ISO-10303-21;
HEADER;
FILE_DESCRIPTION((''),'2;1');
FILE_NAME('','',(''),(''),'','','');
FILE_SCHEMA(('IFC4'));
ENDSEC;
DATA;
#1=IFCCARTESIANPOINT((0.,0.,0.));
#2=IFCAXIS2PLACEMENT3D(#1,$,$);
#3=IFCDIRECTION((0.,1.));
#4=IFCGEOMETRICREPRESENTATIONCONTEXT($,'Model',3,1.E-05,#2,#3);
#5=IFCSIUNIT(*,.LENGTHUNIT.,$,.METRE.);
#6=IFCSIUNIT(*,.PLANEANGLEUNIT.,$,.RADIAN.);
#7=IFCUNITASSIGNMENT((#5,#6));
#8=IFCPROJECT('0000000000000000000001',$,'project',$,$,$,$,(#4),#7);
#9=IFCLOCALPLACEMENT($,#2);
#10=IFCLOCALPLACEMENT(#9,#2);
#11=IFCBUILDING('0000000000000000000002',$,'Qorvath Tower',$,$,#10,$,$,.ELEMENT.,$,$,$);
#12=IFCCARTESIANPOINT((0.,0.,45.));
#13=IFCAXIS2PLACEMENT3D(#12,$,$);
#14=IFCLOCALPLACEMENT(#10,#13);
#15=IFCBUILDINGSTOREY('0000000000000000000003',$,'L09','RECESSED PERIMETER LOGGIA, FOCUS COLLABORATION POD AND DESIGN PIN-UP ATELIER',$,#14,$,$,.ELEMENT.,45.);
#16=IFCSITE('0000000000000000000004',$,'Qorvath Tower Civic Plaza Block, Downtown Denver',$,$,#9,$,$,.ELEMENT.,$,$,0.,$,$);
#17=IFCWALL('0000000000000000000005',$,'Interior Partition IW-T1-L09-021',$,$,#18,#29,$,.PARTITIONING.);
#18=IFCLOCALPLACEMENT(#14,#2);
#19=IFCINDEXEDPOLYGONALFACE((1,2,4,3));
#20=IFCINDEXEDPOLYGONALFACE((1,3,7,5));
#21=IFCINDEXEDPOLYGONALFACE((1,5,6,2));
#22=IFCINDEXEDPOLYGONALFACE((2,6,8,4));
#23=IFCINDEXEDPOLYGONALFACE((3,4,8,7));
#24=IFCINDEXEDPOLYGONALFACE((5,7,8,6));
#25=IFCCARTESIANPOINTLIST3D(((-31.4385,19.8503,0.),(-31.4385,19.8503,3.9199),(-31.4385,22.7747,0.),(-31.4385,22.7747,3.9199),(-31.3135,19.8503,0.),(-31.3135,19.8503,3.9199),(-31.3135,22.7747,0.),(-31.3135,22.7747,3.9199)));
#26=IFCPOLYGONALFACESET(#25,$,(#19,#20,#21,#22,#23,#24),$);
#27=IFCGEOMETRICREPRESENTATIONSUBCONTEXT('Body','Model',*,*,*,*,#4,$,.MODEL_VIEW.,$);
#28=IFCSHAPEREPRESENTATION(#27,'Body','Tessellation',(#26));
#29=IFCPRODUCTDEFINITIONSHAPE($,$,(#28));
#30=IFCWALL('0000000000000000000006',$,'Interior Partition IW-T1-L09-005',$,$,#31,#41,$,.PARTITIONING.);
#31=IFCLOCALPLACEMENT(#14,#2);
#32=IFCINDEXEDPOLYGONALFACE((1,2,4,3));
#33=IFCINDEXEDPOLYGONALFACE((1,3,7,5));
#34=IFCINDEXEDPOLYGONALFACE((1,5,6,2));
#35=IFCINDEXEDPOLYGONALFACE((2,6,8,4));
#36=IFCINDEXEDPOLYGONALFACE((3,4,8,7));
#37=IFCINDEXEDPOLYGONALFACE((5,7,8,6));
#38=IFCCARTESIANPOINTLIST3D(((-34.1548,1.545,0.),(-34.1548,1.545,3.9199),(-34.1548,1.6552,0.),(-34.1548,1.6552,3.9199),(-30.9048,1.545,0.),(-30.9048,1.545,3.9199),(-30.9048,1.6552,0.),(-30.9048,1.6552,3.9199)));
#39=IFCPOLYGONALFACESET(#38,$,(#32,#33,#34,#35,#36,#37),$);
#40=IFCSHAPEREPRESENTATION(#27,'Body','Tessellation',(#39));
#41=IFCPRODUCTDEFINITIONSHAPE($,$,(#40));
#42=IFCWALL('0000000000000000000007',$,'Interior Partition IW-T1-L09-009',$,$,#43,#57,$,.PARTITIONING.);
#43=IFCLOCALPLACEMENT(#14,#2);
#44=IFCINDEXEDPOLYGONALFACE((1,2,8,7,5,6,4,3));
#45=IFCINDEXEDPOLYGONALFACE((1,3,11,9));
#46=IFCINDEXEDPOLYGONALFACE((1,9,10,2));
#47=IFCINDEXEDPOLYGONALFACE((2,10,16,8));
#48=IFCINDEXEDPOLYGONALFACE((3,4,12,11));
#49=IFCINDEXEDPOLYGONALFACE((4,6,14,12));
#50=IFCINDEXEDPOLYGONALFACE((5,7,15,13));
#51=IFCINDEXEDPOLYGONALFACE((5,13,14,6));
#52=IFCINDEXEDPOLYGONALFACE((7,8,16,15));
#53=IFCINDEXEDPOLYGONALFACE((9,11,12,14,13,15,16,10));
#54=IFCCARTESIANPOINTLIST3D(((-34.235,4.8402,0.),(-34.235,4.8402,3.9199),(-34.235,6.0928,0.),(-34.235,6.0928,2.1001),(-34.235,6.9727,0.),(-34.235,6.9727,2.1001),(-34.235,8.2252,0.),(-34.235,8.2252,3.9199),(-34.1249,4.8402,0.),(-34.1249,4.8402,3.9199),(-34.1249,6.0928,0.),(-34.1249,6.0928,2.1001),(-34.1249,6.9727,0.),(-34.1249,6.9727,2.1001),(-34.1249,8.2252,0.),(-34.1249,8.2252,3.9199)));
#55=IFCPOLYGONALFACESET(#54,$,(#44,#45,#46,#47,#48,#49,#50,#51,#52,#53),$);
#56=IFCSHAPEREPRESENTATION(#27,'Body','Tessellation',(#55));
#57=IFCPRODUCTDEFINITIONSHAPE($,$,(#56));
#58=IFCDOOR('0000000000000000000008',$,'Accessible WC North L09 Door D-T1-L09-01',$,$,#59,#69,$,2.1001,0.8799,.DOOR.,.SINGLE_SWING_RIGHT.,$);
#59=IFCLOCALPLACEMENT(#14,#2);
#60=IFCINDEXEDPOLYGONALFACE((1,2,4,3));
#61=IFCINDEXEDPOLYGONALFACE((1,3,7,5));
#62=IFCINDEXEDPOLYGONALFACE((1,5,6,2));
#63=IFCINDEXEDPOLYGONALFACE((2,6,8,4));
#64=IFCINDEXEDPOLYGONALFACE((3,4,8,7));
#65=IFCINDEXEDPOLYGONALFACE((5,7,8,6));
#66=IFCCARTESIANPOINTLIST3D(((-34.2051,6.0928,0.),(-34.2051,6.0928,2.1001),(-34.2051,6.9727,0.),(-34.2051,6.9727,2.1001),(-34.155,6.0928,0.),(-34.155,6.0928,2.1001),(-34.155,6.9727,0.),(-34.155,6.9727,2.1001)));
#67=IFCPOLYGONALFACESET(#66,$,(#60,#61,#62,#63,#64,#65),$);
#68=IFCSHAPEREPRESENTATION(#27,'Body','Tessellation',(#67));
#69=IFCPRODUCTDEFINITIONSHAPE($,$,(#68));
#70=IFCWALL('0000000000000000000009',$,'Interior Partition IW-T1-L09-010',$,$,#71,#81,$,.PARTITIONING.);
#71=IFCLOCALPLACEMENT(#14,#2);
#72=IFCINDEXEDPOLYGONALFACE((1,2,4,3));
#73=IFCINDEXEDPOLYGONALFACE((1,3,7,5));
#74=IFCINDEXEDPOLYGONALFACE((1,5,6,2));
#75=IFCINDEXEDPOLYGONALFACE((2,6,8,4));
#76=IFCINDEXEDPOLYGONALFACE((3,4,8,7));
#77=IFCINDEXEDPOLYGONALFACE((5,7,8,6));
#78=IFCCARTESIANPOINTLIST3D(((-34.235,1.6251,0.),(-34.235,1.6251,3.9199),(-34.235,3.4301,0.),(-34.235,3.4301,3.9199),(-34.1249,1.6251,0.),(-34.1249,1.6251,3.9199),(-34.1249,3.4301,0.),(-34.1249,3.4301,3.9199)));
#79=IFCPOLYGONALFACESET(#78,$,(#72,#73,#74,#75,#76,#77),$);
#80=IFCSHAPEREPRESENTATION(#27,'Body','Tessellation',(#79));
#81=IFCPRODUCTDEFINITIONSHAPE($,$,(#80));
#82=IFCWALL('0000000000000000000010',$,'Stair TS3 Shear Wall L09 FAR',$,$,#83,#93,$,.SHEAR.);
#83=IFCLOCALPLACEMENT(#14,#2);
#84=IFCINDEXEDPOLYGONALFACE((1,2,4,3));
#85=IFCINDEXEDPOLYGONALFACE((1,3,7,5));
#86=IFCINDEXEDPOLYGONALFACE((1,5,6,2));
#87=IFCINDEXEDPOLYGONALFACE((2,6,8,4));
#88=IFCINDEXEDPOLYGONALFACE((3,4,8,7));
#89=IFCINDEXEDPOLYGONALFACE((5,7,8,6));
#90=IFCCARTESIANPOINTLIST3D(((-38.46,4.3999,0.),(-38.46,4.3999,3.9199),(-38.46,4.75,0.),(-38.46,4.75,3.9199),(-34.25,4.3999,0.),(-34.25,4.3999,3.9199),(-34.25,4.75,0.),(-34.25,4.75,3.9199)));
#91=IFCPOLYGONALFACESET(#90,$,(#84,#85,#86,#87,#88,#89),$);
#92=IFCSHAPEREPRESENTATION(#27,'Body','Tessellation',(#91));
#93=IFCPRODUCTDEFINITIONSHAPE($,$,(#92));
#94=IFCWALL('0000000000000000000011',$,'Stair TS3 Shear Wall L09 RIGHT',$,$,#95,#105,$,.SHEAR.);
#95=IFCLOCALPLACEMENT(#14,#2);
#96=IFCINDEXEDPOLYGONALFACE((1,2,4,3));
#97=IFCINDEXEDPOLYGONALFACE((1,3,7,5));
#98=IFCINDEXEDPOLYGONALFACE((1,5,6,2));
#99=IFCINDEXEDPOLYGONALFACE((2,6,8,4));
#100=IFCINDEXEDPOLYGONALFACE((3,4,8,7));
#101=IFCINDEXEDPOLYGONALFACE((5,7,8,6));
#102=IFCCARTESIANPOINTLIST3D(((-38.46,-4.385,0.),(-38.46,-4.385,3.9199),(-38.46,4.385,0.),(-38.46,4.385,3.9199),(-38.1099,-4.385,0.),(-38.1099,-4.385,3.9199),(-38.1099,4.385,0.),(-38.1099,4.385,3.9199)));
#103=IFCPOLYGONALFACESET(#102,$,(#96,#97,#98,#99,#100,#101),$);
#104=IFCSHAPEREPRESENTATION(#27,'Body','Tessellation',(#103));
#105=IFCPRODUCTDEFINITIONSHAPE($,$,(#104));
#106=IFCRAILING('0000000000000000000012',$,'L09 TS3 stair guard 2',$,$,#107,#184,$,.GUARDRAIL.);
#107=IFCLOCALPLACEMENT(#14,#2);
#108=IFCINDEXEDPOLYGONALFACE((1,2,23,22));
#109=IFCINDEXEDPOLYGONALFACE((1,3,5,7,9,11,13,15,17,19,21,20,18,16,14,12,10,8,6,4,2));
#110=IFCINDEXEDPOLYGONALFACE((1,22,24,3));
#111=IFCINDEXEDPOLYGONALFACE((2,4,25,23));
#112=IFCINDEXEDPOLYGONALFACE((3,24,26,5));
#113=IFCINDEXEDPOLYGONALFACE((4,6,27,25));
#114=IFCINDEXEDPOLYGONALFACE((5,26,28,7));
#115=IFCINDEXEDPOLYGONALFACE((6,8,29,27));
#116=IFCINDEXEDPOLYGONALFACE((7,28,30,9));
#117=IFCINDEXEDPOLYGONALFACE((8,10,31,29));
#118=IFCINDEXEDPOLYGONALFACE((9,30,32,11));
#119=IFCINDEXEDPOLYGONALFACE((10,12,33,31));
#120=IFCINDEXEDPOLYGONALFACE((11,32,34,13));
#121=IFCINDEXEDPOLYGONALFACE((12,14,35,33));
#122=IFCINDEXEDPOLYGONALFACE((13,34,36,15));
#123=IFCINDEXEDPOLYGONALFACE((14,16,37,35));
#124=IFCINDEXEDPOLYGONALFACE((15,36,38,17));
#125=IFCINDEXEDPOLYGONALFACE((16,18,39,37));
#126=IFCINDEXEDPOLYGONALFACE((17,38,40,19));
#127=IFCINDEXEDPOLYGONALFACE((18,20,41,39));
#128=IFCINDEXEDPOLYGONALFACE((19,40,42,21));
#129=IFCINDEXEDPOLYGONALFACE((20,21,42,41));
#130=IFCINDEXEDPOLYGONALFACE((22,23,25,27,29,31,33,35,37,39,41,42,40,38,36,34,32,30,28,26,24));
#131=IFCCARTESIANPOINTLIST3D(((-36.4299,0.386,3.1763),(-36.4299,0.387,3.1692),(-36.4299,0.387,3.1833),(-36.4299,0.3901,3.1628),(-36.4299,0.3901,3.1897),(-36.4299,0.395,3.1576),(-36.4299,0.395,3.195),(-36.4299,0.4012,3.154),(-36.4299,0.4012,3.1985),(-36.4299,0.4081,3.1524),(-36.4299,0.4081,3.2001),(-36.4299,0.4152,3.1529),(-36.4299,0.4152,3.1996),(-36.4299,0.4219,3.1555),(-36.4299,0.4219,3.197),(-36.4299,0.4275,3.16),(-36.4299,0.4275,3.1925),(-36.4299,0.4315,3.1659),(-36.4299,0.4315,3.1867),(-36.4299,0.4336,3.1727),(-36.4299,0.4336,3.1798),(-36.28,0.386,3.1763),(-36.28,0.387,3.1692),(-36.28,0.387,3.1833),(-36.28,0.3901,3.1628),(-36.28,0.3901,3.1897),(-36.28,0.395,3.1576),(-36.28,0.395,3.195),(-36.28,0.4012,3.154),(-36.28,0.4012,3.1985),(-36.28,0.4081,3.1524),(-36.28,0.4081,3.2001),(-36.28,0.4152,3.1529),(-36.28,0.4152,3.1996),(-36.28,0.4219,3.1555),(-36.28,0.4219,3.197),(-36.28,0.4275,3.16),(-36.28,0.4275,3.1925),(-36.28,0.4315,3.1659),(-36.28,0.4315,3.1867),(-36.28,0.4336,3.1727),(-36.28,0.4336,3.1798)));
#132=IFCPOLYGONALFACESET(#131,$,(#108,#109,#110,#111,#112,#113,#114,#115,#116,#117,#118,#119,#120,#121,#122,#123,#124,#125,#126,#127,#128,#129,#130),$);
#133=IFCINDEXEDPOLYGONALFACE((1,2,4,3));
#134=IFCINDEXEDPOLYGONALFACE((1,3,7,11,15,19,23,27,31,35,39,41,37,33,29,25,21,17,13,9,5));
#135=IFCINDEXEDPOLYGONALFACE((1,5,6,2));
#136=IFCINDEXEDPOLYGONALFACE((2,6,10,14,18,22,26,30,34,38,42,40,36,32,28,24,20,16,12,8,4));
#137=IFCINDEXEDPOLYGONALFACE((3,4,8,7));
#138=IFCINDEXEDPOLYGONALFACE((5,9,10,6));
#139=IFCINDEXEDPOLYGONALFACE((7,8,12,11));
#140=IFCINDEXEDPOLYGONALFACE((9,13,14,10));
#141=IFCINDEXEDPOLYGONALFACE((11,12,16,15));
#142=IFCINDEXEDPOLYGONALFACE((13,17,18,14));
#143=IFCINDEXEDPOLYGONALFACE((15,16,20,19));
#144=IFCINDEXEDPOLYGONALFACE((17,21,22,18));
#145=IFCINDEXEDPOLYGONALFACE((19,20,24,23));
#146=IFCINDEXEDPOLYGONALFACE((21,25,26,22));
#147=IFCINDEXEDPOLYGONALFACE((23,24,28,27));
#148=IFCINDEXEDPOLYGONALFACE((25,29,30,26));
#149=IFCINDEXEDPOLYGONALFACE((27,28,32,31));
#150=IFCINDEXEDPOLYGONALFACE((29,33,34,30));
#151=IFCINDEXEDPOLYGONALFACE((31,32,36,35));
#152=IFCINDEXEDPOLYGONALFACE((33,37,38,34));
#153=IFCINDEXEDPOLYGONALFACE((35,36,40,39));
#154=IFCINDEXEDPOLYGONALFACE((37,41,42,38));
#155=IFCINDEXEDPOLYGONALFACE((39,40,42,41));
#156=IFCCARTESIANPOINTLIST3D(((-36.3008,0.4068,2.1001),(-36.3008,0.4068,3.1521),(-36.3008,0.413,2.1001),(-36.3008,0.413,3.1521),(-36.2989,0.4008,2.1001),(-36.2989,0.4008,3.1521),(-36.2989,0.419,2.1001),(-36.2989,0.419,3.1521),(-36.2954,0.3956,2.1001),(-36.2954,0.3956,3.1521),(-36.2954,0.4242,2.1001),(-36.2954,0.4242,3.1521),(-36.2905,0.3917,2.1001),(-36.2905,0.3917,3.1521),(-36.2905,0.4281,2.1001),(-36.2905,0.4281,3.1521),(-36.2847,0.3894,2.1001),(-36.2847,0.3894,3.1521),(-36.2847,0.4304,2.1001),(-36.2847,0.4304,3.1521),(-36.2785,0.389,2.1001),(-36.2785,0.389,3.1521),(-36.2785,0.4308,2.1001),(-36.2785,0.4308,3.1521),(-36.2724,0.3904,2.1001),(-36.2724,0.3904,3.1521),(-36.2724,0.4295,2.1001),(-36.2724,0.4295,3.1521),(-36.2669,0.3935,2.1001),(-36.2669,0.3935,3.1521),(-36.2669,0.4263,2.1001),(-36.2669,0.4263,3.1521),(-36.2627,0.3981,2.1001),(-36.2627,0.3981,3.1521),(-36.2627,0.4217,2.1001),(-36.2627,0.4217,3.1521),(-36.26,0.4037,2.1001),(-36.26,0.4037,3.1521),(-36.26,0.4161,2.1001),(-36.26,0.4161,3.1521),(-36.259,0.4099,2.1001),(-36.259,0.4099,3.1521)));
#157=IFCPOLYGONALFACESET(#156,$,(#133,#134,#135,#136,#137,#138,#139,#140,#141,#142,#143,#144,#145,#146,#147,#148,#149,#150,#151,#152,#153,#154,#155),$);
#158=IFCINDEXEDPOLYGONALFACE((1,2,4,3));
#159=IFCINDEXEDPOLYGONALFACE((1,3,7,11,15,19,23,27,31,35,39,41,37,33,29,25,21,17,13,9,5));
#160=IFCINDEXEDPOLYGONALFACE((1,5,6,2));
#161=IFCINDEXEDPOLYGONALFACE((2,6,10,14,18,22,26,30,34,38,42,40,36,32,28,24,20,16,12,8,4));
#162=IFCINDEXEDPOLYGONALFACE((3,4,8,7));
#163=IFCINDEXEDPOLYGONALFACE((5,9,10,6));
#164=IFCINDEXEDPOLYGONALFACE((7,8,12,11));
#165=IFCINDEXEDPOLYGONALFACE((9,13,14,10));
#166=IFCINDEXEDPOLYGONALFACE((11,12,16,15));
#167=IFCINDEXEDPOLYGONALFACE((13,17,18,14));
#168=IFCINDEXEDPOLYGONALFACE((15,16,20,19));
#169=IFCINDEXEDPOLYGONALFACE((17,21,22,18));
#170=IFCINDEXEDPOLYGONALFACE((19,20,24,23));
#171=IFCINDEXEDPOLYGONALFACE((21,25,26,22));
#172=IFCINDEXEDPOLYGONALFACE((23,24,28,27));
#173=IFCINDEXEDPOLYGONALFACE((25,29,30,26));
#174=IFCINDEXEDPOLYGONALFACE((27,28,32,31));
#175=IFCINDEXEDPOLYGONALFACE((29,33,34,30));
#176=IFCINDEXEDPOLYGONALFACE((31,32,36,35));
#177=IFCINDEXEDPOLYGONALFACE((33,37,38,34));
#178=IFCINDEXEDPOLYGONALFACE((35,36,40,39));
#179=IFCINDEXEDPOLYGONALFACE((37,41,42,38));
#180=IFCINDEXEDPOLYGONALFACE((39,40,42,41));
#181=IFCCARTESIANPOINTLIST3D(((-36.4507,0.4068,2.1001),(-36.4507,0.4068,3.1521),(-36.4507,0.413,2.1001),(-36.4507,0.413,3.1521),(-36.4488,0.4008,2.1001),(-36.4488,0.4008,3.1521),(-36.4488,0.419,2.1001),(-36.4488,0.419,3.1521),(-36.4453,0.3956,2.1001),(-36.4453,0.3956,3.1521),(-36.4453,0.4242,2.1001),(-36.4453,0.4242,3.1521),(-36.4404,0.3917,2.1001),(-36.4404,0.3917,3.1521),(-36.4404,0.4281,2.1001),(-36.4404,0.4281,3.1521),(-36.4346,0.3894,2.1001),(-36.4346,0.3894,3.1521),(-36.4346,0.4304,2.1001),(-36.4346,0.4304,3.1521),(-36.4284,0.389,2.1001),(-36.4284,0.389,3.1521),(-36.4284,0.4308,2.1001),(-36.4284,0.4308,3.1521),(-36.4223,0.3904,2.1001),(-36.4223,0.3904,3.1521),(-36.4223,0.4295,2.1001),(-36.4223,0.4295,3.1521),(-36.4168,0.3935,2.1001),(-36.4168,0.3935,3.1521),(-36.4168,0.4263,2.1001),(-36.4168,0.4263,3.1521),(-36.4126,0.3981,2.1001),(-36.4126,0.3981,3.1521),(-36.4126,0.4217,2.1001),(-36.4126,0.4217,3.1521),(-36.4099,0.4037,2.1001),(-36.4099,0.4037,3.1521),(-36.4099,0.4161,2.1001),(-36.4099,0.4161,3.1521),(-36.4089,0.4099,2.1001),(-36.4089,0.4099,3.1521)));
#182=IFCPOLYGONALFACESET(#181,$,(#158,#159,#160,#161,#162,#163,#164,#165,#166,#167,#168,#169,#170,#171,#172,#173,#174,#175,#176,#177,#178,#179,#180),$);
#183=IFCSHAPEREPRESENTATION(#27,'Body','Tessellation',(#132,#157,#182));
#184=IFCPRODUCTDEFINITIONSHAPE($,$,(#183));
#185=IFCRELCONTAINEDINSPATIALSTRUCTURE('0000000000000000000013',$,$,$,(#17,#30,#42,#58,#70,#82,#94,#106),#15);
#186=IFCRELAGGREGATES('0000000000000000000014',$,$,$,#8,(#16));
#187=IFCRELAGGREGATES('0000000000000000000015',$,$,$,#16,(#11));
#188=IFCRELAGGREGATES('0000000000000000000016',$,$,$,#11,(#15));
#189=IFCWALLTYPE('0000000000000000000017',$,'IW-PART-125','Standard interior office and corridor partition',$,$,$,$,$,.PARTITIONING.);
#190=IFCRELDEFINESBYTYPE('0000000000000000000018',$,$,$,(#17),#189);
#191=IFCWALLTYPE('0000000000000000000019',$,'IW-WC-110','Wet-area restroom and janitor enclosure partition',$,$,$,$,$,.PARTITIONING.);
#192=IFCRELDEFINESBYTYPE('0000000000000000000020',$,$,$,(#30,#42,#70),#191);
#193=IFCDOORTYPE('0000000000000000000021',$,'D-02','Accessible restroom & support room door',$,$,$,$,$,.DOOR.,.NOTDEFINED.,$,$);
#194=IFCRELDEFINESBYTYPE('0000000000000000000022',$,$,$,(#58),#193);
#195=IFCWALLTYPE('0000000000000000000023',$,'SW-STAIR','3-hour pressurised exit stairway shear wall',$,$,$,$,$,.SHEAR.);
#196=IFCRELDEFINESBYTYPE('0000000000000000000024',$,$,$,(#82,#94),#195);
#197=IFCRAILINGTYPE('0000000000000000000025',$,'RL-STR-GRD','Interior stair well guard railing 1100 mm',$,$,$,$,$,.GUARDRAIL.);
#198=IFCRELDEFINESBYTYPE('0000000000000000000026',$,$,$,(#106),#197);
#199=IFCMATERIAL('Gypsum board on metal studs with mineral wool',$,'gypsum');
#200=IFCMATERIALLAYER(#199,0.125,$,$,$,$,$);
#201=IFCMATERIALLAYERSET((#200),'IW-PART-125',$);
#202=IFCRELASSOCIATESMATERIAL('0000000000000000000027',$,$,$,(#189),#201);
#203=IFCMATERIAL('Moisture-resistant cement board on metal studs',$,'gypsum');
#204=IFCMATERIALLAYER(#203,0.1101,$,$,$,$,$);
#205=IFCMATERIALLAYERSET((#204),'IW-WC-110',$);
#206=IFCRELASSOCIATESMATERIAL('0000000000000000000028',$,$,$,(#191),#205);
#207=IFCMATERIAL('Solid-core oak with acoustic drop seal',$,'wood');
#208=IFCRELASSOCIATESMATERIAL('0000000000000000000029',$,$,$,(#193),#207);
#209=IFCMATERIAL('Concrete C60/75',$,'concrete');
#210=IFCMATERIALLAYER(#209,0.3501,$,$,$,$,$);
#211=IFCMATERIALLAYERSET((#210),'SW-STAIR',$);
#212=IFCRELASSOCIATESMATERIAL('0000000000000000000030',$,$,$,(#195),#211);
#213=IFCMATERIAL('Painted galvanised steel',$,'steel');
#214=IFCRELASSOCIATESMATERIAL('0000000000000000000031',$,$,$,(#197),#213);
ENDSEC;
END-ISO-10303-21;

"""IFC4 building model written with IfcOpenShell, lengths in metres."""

from ifc_helpers import new_model, si_unit, direction, frame, frame_2d, origin, origin_2d, place, context, subcontext, project, spatial, rectangle, circle, extrude, material, layer, layer_set, type_object, element, fill, save


model = new_model("IFC4")

# Units and contexts
model_context = context("Model", 3, precision=1e-05, world=origin(), true_north=direction((0.0, 1.0)))
body_context = subcontext(model_context, "Body", "Model", "MODEL_VIEW")
ifc_project = project(units=[si_unit("LENGTHUNIT", "METRE"), si_unit("PLANEANGLEUNIT", "RADIAN")], contexts=[model_context])

# Site, building, storey
site_placement = place(None, origin())
site = spatial("IfcSite", under=ifc_project, at=site_placement, Name="Qorvath Tower Civic Plaza Block, Downtown Denver", CompositionType="ELEMENT", RefElevation=0.0)
building_placement = place(site_placement, origin())
building = spatial("IfcBuilding", under=site, at=building_placement, Name="Qorvath Tower", CompositionType="ELEMENT")
storey_placement = place(building_placement, frame((0.0, 0.0, 45.0)))
storey = spatial("IfcBuildingStorey", under=building, at=storey_placement, Name="L09", Description="RECESSED PERIMETER LOGGIA, FOCUS COLLABORATION POD AND DESIGN PIN-UP ATELIER", CompositionType="ELEMENT", Elevation=45.0)

# Shared definitions
ifc_material_1 = material(Name="Gypsum board on metal studs with mineral wool", Category="gypsum")
ifc_layer_1 = layer(ifc_material_1, 0.125)
ifc_layer_set_1 = layer_set([ifc_layer_1], Name="IW-PART-125")
wall_type_1 = type_object("IfcWallType", Name="IW-PART-125", Description="Standard interior office and corridor partition", PredefinedType="PARTITIONING", material=ifc_layer_set_1)

# Wall
wall_1_placement = place(storey_placement, frame((-31.376, 19.8503, 0.0), z_axis=(0.0, 0.0, 1.0), x_axis=(0.0, 1.0, 0.0)))
element("IfcWall", 1, at=wall_1_placement, inside=storey, type_object=wall_type_1, Name="Interior Partition IW-T1-L09-021", PredefinedType="PARTITIONING", context=body_context, shape_type="SweptSolid", body=[
    extrude(rectangle(XDim=2.9243, YDim=0.125, at=frame_2d((1.4622, 0.0))), origin(), (0.0, 0.0, 1.0), 3.9199),
])

# Wall
ifc_material_2 = material(Name="Moisture-resistant cement board on metal studs", Category="gypsum")
ifc_layer_2 = layer(ifc_material_2, 0.1101)
ifc_layer_set_2 = layer_set([ifc_layer_2], Name="IW-WC-110")
wall_type_2 = type_object("IfcWallType", Name="IW-WC-110", Description="Wet-area restroom and janitor enclosure partition", PredefinedType="PARTITIONING", material=ifc_layer_set_2)
wall_2_placement = place(storey_placement, frame((-34.1548, 1.6001, 0.0), z_axis=(0.0, 0.0, 1.0), x_axis=(1.0, 0.0, 0.0)))
element("IfcWall", 2, at=wall_2_placement, inside=storey, type_object=wall_type_2, Name="Interior Partition IW-T1-L09-005", PredefinedType="PARTITIONING", context=body_context, shape_type="SweptSolid", body=[
    extrude(rectangle(XDim=3.25, YDim=0.1101, at=frame_2d((1.625, 0.0))), origin(), (0.0, 0.0, 1.0), 3.9199),
])

# Wall, opening, door
wall_3_placement = place(storey_placement, frame((-34.1799, 8.2251, 0.0), z_axis=(0.0, 0.0, 1.0), x_axis=(0.0, -1.0, 0.0)))
wall_3 = element("IfcWall", 3, at=wall_3_placement, inside=storey, type_object=wall_type_2, Name="Interior Partition IW-T1-L09-009", PredefinedType="PARTITIONING", context=body_context, shape_type="SweptSolid", body=[
    extrude(rectangle(XDim=3.385, YDim=0.1101, at=frame_2d((1.6924, 0.0))), origin(), (0.0, 0.0, 1.0), 3.9199),
])
opening_1_placement = place(wall_3_placement, frame((1.2524, 0.0, 0.0)))
opening_1 = element("IfcOpeningElement", 4, at=opening_1_placement, cuts=wall_3, PredefinedType="OPENING", context=body_context, shape_type="SweptSolid", body=[
    extrude(rectangle(XDim=0.8799, YDim=2.1001, at=frame_2d((0.4399, 1.05))), frame((0.0, 0.0649, 0.0), z_axis=(0.0, -1.0, 0.0), x_axis=(1.0, 0.0, 0.0)), (0.0, 0.0, 1.0), 0.1301),
])
ifc_material_3 = material(Name="Solid-core oak with acoustic drop seal", Category="wood")
door_type_1 = type_object("IfcDoorType", Name="D-02", Description="Accessible restroom & support room door", OperationType="NOTDEFINED", PredefinedType="DOOR", material=ifc_material_3)
door_1_placement = place(opening_1_placement, origin())
door_1 = element("IfcDoor", 5, at=door_1_placement, inside=storey, type_object=door_type_1, Name="Accessible WC North L09 Door D-T1-L09-01", OperationType="SINGLE_SWING_RIGHT", OverallHeight=2.1001, OverallWidth=0.8799, PredefinedType="DOOR", context=body_context, shape_type="SweptSolid", body=[
    extrude(rectangle(XDim=0.8799, YDim=2.1001, at=frame_2d((0.4399, 1.05))), frame((0.0, 0.0249, 0.0), z_axis=(0.0, -1.0, 0.0), x_axis=(1.0, 0.0, 0.0)), (0.0, 0.0, 1.0), 0.05),
])
fill(opening_1, door_1)

# Walls
wall_4_placement = place(storey_placement, frame((-34.1799, 3.4299, 0.0), z_axis=(0.0, 0.0, 1.0), x_axis=(0.0, -1.0, 0.0)))
element("IfcWall", 6, at=wall_4_placement, inside=storey, type_object=wall_type_2, Name="Interior Partition IW-T1-L09-010", PredefinedType="PARTITIONING", context=body_context, shape_type="SweptSolid", body=[
    extrude(rectangle(XDim=1.8049, YDim=0.1101, at=frame_2d((0.9023, 0.0))), origin(), (0.0, 0.0, 1.0), 3.9199),
])
ifc_material_4 = material(Name="Concrete C60/75", Category="concrete")
ifc_layer_3 = layer(ifc_material_4, 0.3501)
ifc_layer_set_3 = layer_set([ifc_layer_3], Name="SW-STAIR")
wall_type_3 = type_object("IfcWallType", Name="SW-STAIR", Description="3-hour pressurised exit stairway shear wall", PredefinedType="SHEAR", material=ifc_layer_set_3)
wall_5_placement = place(storey_placement, frame((-34.25, 4.575, 0.0), z_axis=(0.0, 0.0, 1.0), x_axis=(-1.0, 0.0, 0.0)))
element("IfcWall", 7, at=wall_5_placement, inside=storey, type_object=wall_type_3, Name="Stair TS3 Shear Wall L09 FAR", PredefinedType="SHEAR", context=body_context, shape_type="SweptSolid", body=[
    extrude(rectangle(XDim=4.21, YDim=0.3501, at=frame_2d((2.105, 0.0))), origin(), (0.0, 0.0, 1.0), 3.9199),
])
wall_6_placement = place(storey_placement, frame((-38.2849, 4.385, 0.0), z_axis=(0.0, 0.0, 1.0), x_axis=(0.0, -1.0, 0.0)))
element("IfcWall", 8, at=wall_6_placement, inside=storey, type_object=wall_type_3, Name="Stair TS3 Shear Wall L09 RIGHT", PredefinedType="SHEAR", context=body_context, shape_type="SweptSolid", body=[
    extrude(rectangle(XDim=8.77, YDim=0.3501, at=frame_2d((4.385, 0.0))), origin(), (0.0, 0.0, 1.0), 3.9199),
])

# Railing
ifc_material_5 = material(Name="Painted galvanised steel", Category="steel")
railing_type = type_object("IfcRailingType", Name="RL-STR-GRD", Description="Interior stair well guard railing 1100 mm", PredefinedType="GUARDRAIL", material=ifc_material_5)
railing_placement = place(storey_placement, frame((-36.28, 0.4099, 2.1001)))
element("IfcRailing", 9, at=railing_placement, inside=storey, type_object=railing_type, Name="L09 TS3 stair guard 2", PredefinedType="GUARDRAIL", context=body_context, shape_type="SweptSolid", body=[
    extrude(circle(Radius=0.0239, at=origin_2d()), frame((0.0, 0.0, 1.0762), z_axis=(-1.0, 0.0, 0.0), x_axis=(0.0, -1.0, 0.0)), (0.0, 0.0, 1.0), 0.1499),
    extrude(circle(Radius=0.021, at=origin_2d()), origin(), (0.0, 0.0, 1.0), 1.052),
    extrude(circle(Radius=0.021, at=origin_2d()), frame((-0.1499, 0.0, 0.0)), (0.0, 0.0, 1.0), 1.052),
])

save(model, "model.ifc")
